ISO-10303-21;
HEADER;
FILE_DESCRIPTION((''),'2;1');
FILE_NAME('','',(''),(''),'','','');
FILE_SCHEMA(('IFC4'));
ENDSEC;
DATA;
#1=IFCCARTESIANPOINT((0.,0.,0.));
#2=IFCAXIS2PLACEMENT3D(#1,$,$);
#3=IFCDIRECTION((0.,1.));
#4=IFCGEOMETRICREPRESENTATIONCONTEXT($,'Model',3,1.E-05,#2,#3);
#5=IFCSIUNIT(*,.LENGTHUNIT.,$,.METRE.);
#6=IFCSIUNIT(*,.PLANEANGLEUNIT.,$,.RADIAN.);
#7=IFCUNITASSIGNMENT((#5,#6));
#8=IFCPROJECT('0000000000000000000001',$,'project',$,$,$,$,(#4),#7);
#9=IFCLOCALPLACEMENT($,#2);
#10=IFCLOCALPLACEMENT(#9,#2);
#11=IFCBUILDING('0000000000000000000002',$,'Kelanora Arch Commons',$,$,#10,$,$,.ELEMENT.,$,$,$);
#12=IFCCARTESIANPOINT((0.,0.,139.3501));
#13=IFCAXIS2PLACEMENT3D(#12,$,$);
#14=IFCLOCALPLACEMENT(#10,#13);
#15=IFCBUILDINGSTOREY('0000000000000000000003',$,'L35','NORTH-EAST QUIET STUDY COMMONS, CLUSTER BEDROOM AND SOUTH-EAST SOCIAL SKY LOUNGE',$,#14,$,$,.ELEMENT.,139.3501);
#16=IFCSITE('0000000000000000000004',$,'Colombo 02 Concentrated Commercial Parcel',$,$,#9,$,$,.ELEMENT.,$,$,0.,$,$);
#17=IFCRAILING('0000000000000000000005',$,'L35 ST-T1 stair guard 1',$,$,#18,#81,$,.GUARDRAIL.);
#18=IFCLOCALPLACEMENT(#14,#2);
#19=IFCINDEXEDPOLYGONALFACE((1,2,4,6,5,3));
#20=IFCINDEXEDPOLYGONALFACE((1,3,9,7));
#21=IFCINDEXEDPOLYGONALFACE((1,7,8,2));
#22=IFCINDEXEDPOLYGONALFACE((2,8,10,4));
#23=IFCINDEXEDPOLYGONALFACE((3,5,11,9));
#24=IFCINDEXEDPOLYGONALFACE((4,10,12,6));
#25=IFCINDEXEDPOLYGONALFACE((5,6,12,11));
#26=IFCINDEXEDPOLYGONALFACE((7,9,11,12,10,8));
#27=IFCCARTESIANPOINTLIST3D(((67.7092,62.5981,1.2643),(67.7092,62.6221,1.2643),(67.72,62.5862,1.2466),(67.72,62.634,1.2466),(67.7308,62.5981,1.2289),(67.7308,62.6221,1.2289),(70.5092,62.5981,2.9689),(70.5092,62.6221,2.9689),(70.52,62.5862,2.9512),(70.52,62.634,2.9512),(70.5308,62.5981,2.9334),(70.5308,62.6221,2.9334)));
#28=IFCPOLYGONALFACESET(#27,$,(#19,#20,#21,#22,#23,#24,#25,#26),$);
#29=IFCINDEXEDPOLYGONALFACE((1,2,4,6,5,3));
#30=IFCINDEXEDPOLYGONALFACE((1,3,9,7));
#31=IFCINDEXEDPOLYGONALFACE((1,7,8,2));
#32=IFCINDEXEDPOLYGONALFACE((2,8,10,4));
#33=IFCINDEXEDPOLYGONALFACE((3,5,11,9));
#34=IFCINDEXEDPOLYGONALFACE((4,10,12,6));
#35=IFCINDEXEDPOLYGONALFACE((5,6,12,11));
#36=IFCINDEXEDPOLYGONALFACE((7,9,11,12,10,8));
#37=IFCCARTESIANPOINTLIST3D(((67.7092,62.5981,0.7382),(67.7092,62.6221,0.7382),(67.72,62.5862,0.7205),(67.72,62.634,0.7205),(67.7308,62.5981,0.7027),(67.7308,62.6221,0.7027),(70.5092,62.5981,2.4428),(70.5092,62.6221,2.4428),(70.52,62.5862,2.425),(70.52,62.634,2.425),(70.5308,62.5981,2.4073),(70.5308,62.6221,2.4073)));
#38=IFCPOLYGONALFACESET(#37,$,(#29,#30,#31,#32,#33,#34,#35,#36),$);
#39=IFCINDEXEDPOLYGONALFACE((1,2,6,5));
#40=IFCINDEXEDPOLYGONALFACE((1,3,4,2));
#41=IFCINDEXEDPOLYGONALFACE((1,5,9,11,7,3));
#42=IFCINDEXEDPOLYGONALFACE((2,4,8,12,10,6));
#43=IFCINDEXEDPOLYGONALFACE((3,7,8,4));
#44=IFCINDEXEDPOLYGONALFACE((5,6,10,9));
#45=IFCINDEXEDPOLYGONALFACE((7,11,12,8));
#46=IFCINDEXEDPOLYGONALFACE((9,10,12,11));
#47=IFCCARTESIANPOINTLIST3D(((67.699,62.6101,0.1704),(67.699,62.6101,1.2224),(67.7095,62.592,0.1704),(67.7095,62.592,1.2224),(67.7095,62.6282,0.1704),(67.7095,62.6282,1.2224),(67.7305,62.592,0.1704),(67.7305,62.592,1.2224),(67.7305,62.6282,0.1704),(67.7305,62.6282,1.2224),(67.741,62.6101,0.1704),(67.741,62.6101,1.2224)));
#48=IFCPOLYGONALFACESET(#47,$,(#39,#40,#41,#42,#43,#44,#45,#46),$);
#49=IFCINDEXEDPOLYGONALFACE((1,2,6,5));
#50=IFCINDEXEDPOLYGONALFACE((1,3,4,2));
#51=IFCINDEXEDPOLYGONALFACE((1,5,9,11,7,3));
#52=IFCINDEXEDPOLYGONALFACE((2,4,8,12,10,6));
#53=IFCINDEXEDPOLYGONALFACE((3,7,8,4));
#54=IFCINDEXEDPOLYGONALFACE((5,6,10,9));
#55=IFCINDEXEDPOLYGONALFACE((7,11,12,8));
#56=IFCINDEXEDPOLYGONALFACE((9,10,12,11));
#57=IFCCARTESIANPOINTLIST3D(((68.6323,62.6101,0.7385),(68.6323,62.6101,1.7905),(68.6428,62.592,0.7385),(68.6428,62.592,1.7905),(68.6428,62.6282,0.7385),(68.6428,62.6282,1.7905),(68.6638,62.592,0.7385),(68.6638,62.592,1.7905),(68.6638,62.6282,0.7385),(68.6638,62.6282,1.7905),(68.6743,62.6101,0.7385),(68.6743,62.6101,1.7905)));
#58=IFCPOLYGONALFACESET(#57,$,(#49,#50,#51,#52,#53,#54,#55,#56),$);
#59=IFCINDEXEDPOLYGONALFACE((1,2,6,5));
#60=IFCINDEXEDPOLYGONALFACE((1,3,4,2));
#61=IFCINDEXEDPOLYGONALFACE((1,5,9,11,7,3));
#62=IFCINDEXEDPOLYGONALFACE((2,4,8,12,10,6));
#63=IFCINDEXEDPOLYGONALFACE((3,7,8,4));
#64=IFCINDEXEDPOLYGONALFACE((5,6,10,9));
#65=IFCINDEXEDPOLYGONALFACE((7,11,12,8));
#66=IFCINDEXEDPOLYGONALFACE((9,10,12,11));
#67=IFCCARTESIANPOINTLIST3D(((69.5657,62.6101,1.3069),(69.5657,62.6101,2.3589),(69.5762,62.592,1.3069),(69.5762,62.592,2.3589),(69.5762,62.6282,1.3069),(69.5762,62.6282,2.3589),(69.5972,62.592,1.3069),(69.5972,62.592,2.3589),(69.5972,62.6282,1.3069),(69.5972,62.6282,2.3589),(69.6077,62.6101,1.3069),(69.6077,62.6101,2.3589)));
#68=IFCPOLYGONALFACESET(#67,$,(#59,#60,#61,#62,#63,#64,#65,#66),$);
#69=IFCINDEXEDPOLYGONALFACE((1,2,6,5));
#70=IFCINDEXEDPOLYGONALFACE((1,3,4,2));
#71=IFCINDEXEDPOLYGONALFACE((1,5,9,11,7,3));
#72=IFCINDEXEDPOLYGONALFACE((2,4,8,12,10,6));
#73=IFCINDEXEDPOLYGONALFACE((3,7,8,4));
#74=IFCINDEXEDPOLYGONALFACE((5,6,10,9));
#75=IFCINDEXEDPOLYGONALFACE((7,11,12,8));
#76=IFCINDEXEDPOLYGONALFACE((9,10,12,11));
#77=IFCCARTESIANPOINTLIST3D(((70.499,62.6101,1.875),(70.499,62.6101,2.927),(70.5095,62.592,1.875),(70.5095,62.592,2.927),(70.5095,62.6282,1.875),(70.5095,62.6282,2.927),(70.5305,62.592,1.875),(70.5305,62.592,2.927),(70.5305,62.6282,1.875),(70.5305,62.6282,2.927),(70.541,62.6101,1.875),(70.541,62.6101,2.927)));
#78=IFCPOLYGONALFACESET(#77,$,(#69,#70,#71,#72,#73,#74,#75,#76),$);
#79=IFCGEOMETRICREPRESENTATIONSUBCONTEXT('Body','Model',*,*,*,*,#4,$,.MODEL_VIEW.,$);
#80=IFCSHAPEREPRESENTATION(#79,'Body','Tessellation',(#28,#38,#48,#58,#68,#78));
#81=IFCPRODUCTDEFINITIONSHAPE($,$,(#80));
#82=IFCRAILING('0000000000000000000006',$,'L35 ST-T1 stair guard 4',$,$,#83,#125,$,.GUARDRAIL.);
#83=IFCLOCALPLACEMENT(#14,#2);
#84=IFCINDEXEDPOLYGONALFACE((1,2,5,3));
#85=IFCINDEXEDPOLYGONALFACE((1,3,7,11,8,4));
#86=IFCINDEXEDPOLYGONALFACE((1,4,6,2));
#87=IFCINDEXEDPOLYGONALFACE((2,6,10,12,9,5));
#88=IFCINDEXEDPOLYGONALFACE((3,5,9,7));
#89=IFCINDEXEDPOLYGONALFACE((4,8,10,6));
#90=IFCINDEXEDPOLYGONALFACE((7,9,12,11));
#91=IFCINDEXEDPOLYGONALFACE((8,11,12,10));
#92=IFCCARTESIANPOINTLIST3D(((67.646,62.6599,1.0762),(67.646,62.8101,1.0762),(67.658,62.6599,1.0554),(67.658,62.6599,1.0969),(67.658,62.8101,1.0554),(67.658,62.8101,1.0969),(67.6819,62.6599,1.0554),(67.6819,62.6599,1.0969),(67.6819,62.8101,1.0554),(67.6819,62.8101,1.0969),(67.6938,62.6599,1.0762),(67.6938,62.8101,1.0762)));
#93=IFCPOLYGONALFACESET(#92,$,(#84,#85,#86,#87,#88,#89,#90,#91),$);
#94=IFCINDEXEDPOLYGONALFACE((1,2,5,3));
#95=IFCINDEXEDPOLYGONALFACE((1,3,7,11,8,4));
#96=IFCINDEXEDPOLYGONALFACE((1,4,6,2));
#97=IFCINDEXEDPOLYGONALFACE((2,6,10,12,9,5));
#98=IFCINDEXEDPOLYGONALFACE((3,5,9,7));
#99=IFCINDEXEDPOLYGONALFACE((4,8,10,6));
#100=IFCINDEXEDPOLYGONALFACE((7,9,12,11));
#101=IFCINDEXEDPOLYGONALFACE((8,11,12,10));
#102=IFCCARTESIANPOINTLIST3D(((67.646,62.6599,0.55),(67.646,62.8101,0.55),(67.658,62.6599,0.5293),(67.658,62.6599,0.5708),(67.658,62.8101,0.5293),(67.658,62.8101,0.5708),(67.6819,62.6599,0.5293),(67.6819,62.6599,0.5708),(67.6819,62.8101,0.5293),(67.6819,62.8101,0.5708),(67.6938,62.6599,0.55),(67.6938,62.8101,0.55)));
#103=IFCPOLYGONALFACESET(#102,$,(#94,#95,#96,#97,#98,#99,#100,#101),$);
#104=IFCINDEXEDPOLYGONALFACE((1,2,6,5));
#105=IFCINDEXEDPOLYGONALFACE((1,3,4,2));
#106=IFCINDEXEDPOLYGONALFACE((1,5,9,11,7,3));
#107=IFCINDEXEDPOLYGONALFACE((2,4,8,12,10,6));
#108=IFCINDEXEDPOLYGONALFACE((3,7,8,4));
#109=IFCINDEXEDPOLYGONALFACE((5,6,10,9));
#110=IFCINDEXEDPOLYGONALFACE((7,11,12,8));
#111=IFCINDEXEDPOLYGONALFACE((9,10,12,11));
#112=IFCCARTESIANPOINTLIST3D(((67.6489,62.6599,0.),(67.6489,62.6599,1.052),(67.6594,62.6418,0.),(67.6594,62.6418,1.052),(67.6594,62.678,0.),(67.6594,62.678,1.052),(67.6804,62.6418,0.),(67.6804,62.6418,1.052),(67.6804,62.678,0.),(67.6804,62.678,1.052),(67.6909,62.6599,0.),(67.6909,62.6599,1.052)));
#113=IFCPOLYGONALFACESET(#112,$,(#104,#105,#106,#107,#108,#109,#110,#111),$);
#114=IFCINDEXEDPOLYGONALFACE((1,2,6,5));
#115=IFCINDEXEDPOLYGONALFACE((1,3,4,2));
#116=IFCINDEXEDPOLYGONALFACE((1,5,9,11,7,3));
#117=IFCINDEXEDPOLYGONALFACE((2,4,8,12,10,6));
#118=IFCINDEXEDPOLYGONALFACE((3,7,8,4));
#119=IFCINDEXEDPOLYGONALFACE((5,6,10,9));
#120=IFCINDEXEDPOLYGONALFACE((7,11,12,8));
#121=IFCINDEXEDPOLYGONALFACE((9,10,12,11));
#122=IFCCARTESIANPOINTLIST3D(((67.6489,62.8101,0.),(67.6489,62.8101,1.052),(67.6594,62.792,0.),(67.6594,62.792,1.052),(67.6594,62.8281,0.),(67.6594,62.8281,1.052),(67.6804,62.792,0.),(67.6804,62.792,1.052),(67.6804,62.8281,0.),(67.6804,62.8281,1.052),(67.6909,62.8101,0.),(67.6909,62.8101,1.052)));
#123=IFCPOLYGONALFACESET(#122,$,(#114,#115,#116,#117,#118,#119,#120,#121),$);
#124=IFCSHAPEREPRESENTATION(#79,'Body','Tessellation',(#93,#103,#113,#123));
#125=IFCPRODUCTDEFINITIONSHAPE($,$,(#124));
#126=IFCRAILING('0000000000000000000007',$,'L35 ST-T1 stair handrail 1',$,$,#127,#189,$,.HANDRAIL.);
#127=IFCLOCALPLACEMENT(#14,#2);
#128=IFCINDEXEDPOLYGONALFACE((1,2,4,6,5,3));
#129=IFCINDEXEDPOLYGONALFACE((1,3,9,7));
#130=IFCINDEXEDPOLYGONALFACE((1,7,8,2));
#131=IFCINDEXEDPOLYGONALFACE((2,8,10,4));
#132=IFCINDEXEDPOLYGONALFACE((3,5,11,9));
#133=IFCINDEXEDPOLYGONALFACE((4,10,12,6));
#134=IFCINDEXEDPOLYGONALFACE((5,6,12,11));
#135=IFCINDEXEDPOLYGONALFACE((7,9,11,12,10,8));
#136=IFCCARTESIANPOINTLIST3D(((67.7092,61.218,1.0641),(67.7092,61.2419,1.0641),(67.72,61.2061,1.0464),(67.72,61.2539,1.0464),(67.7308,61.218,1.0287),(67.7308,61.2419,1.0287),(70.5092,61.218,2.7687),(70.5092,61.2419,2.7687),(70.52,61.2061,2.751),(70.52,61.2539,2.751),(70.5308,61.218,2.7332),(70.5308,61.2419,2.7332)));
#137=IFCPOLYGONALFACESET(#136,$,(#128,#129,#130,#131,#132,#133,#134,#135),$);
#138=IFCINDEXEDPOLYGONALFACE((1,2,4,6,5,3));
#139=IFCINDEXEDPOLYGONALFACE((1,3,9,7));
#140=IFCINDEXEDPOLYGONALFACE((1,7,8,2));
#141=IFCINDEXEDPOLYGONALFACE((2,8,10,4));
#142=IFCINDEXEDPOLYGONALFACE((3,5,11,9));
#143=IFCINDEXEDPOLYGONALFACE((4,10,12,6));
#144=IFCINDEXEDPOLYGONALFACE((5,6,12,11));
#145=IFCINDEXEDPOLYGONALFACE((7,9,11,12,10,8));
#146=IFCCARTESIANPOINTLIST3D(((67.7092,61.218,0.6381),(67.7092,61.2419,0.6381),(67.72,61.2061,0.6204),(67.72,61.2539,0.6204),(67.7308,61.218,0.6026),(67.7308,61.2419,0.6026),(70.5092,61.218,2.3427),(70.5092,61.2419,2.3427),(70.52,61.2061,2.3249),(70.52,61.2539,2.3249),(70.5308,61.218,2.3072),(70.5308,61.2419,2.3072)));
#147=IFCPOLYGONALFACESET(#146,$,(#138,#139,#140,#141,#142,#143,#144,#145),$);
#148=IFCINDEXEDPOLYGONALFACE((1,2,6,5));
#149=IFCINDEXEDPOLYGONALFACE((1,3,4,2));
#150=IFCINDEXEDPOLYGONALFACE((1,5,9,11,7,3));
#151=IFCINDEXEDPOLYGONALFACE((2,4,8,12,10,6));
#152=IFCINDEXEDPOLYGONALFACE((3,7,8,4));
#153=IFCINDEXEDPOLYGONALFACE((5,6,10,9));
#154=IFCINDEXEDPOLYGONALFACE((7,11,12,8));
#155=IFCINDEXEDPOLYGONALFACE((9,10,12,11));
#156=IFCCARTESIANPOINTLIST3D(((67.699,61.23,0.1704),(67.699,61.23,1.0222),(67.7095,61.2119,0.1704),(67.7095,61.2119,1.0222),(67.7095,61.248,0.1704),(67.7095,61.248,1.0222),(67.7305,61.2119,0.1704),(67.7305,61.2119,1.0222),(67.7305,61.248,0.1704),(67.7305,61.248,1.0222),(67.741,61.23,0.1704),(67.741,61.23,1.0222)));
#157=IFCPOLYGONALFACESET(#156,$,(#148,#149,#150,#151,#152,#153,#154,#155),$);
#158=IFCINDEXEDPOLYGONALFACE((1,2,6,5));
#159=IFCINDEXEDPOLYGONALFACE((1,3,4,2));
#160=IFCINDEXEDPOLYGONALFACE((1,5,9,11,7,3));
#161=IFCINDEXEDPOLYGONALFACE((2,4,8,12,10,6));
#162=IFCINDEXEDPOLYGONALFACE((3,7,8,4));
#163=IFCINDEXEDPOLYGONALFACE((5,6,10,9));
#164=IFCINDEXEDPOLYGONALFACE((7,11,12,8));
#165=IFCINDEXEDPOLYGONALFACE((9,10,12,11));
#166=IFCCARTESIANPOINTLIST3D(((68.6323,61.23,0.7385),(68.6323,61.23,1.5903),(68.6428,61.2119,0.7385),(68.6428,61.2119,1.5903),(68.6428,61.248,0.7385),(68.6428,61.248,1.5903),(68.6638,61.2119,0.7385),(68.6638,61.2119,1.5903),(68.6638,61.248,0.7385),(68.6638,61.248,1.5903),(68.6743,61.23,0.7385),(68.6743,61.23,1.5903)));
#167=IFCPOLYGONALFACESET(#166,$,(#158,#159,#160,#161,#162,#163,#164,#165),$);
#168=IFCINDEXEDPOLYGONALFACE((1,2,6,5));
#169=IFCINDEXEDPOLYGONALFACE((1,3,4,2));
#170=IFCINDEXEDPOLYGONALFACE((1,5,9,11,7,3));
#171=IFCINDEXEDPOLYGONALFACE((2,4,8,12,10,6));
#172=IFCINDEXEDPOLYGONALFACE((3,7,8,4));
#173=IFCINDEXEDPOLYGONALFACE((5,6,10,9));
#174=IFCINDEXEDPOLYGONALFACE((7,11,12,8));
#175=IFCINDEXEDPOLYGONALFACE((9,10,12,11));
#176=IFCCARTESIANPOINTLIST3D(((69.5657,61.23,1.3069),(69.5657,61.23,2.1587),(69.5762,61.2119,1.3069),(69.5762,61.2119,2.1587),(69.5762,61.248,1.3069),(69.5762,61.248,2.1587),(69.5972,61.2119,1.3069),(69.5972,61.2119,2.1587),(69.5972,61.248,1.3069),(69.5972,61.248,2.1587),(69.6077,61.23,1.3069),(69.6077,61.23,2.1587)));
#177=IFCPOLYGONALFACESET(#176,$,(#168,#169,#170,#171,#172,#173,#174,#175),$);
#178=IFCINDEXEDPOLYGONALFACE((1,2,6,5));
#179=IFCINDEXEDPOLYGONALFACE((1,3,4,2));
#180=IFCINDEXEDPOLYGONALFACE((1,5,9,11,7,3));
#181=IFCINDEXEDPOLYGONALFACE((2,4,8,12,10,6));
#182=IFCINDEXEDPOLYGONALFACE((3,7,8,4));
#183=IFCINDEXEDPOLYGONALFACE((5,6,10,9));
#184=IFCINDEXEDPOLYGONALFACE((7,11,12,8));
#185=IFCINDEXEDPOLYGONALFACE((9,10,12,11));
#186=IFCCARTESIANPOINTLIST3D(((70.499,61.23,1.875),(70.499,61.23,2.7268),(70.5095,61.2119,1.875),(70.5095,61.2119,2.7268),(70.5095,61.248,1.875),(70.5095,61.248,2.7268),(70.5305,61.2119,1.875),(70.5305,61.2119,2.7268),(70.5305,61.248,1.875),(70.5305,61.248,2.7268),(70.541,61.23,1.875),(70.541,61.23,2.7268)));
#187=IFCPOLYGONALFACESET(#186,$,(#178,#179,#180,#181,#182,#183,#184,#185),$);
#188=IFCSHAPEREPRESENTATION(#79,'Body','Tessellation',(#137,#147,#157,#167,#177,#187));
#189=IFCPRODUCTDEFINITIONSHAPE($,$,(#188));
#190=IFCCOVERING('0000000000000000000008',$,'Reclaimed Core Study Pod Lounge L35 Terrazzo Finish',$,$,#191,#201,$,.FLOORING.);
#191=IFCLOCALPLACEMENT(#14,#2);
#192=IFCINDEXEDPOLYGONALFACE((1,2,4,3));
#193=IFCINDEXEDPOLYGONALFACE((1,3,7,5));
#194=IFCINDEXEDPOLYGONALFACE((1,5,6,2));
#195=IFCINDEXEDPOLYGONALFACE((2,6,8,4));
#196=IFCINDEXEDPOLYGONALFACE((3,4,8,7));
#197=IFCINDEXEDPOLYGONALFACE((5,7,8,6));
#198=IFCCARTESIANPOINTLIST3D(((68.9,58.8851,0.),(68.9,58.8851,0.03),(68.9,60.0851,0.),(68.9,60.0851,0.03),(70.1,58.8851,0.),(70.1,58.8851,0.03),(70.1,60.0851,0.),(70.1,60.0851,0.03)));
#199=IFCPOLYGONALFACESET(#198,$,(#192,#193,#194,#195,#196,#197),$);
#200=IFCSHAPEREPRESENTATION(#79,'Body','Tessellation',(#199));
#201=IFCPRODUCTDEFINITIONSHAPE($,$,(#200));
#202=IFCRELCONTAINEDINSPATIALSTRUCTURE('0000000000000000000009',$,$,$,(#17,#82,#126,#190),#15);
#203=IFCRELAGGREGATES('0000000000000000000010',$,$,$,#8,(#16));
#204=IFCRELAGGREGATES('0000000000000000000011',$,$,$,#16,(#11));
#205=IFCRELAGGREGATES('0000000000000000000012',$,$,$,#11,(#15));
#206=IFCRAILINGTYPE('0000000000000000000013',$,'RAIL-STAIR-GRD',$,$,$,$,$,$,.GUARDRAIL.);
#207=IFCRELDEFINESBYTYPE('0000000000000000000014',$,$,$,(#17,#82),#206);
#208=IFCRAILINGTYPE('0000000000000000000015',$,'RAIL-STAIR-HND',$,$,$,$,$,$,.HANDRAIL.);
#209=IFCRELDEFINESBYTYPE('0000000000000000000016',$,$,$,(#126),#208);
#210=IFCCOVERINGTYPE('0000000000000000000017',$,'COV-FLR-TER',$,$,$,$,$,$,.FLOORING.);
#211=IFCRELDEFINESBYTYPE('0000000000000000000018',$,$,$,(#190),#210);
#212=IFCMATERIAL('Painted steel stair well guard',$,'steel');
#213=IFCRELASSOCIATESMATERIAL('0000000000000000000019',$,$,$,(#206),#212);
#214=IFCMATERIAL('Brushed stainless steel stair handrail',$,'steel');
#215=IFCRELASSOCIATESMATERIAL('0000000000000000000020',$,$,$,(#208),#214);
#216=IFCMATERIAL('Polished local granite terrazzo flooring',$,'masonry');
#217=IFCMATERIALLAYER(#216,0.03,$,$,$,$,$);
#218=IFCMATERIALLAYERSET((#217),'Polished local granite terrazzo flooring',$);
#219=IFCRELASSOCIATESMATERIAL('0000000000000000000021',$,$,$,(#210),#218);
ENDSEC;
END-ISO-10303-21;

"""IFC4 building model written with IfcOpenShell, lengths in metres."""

from ifc_helpers import new_model, si_unit, direction, frame, origin, origin_2d, place, context, subcontext, project, spatial, polyline, rectangle, outline, extrude, source, transform, mapped, material, layer, layer_set, type_object, element, save


model = new_model("IFC4")

# Units and contexts
model_context = context("Model", 3, precision=1e-05, world=origin(), true_north=direction((0.0, 1.0)))
body_context = subcontext(model_context, "Body", "Model", "MODEL_VIEW")
ifc_project = project(units=[si_unit("LENGTHUNIT", "METRE"), si_unit("PLANEANGLEUNIT", "RADIAN")], contexts=[model_context])

# Site, building, storey
site_placement = place(None, origin())
site = spatial("IfcSite", under=ifc_project, at=site_placement, Name="Colombo 02 Concentrated Commercial Parcel", CompositionType="ELEMENT", RefElevation=0.0)
building_placement = place(site_placement, origin())
building = spatial("IfcBuilding", under=site, at=building_placement, Name="Kelanora Arch Commons", CompositionType="ELEMENT")
storey_placement = place(building_placement, frame((0.0, 0.0, 139.3501)))
storey = spatial("IfcBuildingStorey", under=building, at=storey_placement, Name="L35", Description="NORTH-EAST QUIET STUDY COMMONS, CLUSTER BEDROOM AND SOUTH-EAST SOCIAL SKY LOUNGE", CompositionType="ELEMENT", Elevation=139.3501)

# Railings
ifc_material_1 = material(Name="Painted steel stair well guard", Category="steel")
railing_type_1 = type_object("IfcRailingType", Name="RAIL-STAIR-GRD", PredefinedType="GUARDRAIL", material=ifc_material_1)
railing_1_placement = place(storey_placement, frame((67.72, 62.6101, 0.1704)))
element("IfcRailing", 1, at=railing_1_placement, inside=storey, type_object=railing_type_1, Name="L35 ST-T1 stair guard 1", PredefinedType="GUARDRAIL", context=body_context, shape_type="SweptSolid", body=[
    extrude(outline(polyline([(0.0239, 0.0), (0.012, 0.0208), (-0.012, 0.0208), (-0.0239, 0.0), (-0.012, -0.0208), (0.012, -0.0208), (0.0239, 0.0)])), frame((0.0, 0.0, 1.0762), z_axis=(0.85417, 0.0, 0.519994), x_axis=(0.0, 1.0, 0.0)), (0.0, 0.0, 1.0), 3.2781),
    extrude(outline(polyline([(0.0239, 0.0), (0.012, 0.0208), (-0.012, 0.0208), (-0.0239, 0.0), (-0.012, -0.0208), (0.012, -0.0208), (0.0239, 0.0)])), frame((0.0, 0.0, 0.55), z_axis=(0.85417, 0.0, 0.519994), x_axis=(0.0, 1.0, 0.0)), (0.0, 0.0, 1.0), 3.2781),
    extrude(outline(polyline([(0.021, 0.0), (0.0105, 0.0181), (-0.0105, 0.0181), (-0.021, 0.0), (-0.0105, -0.0181), (0.0105, -0.0181), (0.021, 0.0)])), origin(), (0.0, 0.0, 1.0), 1.052),
    extrude(outline(polyline([(0.021, 0.0), (0.0105, 0.0181), (-0.0105, 0.0181), (-0.021, 0.0), (-0.0105, -0.0181), (0.0105, -0.0181), (0.021, 0.0)])), frame((0.9333, 0.0, 0.5681)), (0.0, 0.0, 1.0), 1.052),
    extrude(outline(polyline([(0.021, 0.0), (0.0105, 0.0181), (-0.0105, 0.0181), (-0.021, 0.0), (-0.0105, -0.0181), (0.0105, -0.0181), (0.021, 0.0)])), frame((1.8667, 0.0, 1.1365)), (0.0, 0.0, 1.0), 1.052),
    extrude(outline(polyline([(0.021, 0.0), (0.0105, 0.0181), (-0.0105, 0.0181), (-0.021, 0.0), (-0.0105, -0.0181), (0.0105, -0.0181), (0.021, 0.0)])), frame((2.8, 0.0, 1.7046)), (0.0, 0.0, 1.0), 1.052),
])
railing_2_placement = place(storey_placement, frame((67.6699, 62.6599, 0.0)))
element("IfcRailing", 2, at=railing_2_placement, inside=storey, type_object=railing_type_1, Name="L35 ST-T1 stair guard 4", PredefinedType="GUARDRAIL", context=body_context, shape_type="SweptSolid", body=[
    extrude(outline(polyline([(0.0239, 0.0), (0.012, 0.0208), (-0.012, 0.0208), (-0.0239, 0.0), (-0.012, -0.0208), (0.012, -0.0208), (0.0239, 0.0)])), frame((0.0, 0.0, 1.0762), z_axis=(0.0, 1.0, 0.0), x_axis=(-1.0, 0.0, 0.0)), (0.0, 0.0, 1.0), 0.1501),
    extrude(outline(polyline([(0.0239, 0.0), (0.012, 0.0208), (-0.012, 0.0208), (-0.0239, 0.0), (-0.012, -0.0208), (0.012, -0.0208), (0.0239, 0.0)])), frame((0.0, 0.0, 0.55), z_axis=(0.0, 1.0, 0.0), x_axis=(-1.0, 0.0, 0.0)), (0.0, 0.0, 1.0), 0.1501),
    extrude(outline(polyline([(0.021, 0.0), (0.0105, 0.0181), (-0.0105, 0.0181), (-0.021, 0.0), (-0.0105, -0.0181), (0.0105, -0.0181), (0.021, 0.0)])), origin(), (0.0, 0.0, 1.0), 1.052),
    extrude(outline(polyline([(0.021, 0.0), (0.0105, 0.0181), (-0.0105, 0.0181), (-0.021, 0.0), (-0.0105, -0.0181), (0.0105, -0.0181), (0.021, 0.0)])), frame((0.0, 0.1501, 0.0)), (0.0, 0.0, 1.0), 1.052),
])
ifc_material_2 = material(Name="Brushed stainless steel stair handrail", Category="steel")
railing_type_2 = type_object("IfcRailingType", Name="RAIL-STAIR-HND", PredefinedType="HANDRAIL", material=ifc_material_2)
railing_3_placement = place(storey_placement, frame((67.72, 61.23, 0.1704)))
element("IfcRailing", 3, at=railing_3_placement, inside=storey, type_object=railing_type_2, Name="L35 ST-T1 stair handrail 1", PredefinedType="HANDRAIL", context=body_context, shape_type="SweptSolid", body=[
    extrude(outline(polyline([(0.0239, 0.0), (0.012, 0.0208), (-0.012, 0.0208), (-0.0239, 0.0), (-0.012, -0.0208), (0.012, -0.0208), (0.0239, 0.0)])), frame((0.0, 0.0, 0.876), z_axis=(0.85417, 0.0, 0.519994), x_axis=(0.0, 1.0, 0.0)), (0.0, 0.0, 1.0), 3.2781),
    extrude(outline(polyline([(0.0239, 0.0), (0.012, 0.0208), (-0.012, 0.0208), (-0.0239, 0.0), (-0.012, -0.0208), (0.012, -0.0208), (0.0239, 0.0)])), frame((0.0, 0.0, 0.45), z_axis=(0.85417, 0.0, 0.519994), x_axis=(0.0, 1.0, 0.0)), (0.0, 0.0, 1.0), 3.2781),
    extrude(outline(polyline([(0.021, 0.0), (0.0105, 0.0181), (-0.0105, 0.0181), (-0.021, 0.0), (-0.0105, -0.0181), (0.0105, -0.0181), (0.021, 0.0)])), origin(), (0.0, 0.0, 1.0), 0.8518),
    extrude(outline(polyline([(0.021, 0.0), (0.0105, 0.0181), (-0.0105, 0.0181), (-0.021, 0.0), (-0.0105, -0.0181), (0.0105, -0.0181), (0.021, 0.0)])), frame((0.9333, 0.0, 0.5681)), (0.0, 0.0, 1.0), 0.8518),
    extrude(outline(polyline([(0.021, 0.0), (0.0105, 0.0181), (-0.0105, 0.0181), (-0.021, 0.0), (-0.0105, -0.0181), (0.0105, -0.0181), (0.021, 0.0)])), frame((1.8667, 0.0, 1.1365)), (0.0, 0.0, 1.0), 0.8518),
    extrude(outline(polyline([(0.021, 0.0), (0.0105, 0.0181), (-0.0105, 0.0181), (-0.021, 0.0), (-0.0105, -0.0181), (0.0105, -0.0181), (0.021, 0.0)])), frame((2.8, 0.0, 1.7046)), (0.0, 0.0, 1.0), 0.8518),
])

# Covering
ifc_material_3 = material(Name="Polished local granite terrazzo flooring", Category="masonry")
ifc_layer_1 = layer(ifc_material_3, 0.03)
ifc_layer_set_1 = layer_set([ifc_layer_1], Name="Polished local granite terrazzo flooring")
covering_type = type_object("IfcCoveringType", Name="COV-FLR-TER", PredefinedType="FLOORING", material=ifc_layer_set_1)
shared_shape = source(origin(), body_context, "Body", "SweptSolid", [
    extrude(rectangle(XDim=1.2, YDim=1.2, at=origin_2d()), origin(), (0.0, 0.0, 1.0), 0.03),
])
covering_placement = place(storey_placement, frame((69.5, 59.4851, 0.0), z_axis=(0.0, 0.0, 1.0), x_axis=(1.0, 0.0, 0.0)))
element("IfcCovering", 4, at=covering_placement, inside=storey, type_object=covering_type, Name="Reclaimed Core Study Pod Lounge L35 Terrazzo Finish", PredefinedType="FLOORING", context=body_context, shape_type="MappedRepresentation", body=[
    mapped(shared_shape, transform((0.0, 0.0, 0.0), scale=1.0)),
])

save(model, "model.ifc")
